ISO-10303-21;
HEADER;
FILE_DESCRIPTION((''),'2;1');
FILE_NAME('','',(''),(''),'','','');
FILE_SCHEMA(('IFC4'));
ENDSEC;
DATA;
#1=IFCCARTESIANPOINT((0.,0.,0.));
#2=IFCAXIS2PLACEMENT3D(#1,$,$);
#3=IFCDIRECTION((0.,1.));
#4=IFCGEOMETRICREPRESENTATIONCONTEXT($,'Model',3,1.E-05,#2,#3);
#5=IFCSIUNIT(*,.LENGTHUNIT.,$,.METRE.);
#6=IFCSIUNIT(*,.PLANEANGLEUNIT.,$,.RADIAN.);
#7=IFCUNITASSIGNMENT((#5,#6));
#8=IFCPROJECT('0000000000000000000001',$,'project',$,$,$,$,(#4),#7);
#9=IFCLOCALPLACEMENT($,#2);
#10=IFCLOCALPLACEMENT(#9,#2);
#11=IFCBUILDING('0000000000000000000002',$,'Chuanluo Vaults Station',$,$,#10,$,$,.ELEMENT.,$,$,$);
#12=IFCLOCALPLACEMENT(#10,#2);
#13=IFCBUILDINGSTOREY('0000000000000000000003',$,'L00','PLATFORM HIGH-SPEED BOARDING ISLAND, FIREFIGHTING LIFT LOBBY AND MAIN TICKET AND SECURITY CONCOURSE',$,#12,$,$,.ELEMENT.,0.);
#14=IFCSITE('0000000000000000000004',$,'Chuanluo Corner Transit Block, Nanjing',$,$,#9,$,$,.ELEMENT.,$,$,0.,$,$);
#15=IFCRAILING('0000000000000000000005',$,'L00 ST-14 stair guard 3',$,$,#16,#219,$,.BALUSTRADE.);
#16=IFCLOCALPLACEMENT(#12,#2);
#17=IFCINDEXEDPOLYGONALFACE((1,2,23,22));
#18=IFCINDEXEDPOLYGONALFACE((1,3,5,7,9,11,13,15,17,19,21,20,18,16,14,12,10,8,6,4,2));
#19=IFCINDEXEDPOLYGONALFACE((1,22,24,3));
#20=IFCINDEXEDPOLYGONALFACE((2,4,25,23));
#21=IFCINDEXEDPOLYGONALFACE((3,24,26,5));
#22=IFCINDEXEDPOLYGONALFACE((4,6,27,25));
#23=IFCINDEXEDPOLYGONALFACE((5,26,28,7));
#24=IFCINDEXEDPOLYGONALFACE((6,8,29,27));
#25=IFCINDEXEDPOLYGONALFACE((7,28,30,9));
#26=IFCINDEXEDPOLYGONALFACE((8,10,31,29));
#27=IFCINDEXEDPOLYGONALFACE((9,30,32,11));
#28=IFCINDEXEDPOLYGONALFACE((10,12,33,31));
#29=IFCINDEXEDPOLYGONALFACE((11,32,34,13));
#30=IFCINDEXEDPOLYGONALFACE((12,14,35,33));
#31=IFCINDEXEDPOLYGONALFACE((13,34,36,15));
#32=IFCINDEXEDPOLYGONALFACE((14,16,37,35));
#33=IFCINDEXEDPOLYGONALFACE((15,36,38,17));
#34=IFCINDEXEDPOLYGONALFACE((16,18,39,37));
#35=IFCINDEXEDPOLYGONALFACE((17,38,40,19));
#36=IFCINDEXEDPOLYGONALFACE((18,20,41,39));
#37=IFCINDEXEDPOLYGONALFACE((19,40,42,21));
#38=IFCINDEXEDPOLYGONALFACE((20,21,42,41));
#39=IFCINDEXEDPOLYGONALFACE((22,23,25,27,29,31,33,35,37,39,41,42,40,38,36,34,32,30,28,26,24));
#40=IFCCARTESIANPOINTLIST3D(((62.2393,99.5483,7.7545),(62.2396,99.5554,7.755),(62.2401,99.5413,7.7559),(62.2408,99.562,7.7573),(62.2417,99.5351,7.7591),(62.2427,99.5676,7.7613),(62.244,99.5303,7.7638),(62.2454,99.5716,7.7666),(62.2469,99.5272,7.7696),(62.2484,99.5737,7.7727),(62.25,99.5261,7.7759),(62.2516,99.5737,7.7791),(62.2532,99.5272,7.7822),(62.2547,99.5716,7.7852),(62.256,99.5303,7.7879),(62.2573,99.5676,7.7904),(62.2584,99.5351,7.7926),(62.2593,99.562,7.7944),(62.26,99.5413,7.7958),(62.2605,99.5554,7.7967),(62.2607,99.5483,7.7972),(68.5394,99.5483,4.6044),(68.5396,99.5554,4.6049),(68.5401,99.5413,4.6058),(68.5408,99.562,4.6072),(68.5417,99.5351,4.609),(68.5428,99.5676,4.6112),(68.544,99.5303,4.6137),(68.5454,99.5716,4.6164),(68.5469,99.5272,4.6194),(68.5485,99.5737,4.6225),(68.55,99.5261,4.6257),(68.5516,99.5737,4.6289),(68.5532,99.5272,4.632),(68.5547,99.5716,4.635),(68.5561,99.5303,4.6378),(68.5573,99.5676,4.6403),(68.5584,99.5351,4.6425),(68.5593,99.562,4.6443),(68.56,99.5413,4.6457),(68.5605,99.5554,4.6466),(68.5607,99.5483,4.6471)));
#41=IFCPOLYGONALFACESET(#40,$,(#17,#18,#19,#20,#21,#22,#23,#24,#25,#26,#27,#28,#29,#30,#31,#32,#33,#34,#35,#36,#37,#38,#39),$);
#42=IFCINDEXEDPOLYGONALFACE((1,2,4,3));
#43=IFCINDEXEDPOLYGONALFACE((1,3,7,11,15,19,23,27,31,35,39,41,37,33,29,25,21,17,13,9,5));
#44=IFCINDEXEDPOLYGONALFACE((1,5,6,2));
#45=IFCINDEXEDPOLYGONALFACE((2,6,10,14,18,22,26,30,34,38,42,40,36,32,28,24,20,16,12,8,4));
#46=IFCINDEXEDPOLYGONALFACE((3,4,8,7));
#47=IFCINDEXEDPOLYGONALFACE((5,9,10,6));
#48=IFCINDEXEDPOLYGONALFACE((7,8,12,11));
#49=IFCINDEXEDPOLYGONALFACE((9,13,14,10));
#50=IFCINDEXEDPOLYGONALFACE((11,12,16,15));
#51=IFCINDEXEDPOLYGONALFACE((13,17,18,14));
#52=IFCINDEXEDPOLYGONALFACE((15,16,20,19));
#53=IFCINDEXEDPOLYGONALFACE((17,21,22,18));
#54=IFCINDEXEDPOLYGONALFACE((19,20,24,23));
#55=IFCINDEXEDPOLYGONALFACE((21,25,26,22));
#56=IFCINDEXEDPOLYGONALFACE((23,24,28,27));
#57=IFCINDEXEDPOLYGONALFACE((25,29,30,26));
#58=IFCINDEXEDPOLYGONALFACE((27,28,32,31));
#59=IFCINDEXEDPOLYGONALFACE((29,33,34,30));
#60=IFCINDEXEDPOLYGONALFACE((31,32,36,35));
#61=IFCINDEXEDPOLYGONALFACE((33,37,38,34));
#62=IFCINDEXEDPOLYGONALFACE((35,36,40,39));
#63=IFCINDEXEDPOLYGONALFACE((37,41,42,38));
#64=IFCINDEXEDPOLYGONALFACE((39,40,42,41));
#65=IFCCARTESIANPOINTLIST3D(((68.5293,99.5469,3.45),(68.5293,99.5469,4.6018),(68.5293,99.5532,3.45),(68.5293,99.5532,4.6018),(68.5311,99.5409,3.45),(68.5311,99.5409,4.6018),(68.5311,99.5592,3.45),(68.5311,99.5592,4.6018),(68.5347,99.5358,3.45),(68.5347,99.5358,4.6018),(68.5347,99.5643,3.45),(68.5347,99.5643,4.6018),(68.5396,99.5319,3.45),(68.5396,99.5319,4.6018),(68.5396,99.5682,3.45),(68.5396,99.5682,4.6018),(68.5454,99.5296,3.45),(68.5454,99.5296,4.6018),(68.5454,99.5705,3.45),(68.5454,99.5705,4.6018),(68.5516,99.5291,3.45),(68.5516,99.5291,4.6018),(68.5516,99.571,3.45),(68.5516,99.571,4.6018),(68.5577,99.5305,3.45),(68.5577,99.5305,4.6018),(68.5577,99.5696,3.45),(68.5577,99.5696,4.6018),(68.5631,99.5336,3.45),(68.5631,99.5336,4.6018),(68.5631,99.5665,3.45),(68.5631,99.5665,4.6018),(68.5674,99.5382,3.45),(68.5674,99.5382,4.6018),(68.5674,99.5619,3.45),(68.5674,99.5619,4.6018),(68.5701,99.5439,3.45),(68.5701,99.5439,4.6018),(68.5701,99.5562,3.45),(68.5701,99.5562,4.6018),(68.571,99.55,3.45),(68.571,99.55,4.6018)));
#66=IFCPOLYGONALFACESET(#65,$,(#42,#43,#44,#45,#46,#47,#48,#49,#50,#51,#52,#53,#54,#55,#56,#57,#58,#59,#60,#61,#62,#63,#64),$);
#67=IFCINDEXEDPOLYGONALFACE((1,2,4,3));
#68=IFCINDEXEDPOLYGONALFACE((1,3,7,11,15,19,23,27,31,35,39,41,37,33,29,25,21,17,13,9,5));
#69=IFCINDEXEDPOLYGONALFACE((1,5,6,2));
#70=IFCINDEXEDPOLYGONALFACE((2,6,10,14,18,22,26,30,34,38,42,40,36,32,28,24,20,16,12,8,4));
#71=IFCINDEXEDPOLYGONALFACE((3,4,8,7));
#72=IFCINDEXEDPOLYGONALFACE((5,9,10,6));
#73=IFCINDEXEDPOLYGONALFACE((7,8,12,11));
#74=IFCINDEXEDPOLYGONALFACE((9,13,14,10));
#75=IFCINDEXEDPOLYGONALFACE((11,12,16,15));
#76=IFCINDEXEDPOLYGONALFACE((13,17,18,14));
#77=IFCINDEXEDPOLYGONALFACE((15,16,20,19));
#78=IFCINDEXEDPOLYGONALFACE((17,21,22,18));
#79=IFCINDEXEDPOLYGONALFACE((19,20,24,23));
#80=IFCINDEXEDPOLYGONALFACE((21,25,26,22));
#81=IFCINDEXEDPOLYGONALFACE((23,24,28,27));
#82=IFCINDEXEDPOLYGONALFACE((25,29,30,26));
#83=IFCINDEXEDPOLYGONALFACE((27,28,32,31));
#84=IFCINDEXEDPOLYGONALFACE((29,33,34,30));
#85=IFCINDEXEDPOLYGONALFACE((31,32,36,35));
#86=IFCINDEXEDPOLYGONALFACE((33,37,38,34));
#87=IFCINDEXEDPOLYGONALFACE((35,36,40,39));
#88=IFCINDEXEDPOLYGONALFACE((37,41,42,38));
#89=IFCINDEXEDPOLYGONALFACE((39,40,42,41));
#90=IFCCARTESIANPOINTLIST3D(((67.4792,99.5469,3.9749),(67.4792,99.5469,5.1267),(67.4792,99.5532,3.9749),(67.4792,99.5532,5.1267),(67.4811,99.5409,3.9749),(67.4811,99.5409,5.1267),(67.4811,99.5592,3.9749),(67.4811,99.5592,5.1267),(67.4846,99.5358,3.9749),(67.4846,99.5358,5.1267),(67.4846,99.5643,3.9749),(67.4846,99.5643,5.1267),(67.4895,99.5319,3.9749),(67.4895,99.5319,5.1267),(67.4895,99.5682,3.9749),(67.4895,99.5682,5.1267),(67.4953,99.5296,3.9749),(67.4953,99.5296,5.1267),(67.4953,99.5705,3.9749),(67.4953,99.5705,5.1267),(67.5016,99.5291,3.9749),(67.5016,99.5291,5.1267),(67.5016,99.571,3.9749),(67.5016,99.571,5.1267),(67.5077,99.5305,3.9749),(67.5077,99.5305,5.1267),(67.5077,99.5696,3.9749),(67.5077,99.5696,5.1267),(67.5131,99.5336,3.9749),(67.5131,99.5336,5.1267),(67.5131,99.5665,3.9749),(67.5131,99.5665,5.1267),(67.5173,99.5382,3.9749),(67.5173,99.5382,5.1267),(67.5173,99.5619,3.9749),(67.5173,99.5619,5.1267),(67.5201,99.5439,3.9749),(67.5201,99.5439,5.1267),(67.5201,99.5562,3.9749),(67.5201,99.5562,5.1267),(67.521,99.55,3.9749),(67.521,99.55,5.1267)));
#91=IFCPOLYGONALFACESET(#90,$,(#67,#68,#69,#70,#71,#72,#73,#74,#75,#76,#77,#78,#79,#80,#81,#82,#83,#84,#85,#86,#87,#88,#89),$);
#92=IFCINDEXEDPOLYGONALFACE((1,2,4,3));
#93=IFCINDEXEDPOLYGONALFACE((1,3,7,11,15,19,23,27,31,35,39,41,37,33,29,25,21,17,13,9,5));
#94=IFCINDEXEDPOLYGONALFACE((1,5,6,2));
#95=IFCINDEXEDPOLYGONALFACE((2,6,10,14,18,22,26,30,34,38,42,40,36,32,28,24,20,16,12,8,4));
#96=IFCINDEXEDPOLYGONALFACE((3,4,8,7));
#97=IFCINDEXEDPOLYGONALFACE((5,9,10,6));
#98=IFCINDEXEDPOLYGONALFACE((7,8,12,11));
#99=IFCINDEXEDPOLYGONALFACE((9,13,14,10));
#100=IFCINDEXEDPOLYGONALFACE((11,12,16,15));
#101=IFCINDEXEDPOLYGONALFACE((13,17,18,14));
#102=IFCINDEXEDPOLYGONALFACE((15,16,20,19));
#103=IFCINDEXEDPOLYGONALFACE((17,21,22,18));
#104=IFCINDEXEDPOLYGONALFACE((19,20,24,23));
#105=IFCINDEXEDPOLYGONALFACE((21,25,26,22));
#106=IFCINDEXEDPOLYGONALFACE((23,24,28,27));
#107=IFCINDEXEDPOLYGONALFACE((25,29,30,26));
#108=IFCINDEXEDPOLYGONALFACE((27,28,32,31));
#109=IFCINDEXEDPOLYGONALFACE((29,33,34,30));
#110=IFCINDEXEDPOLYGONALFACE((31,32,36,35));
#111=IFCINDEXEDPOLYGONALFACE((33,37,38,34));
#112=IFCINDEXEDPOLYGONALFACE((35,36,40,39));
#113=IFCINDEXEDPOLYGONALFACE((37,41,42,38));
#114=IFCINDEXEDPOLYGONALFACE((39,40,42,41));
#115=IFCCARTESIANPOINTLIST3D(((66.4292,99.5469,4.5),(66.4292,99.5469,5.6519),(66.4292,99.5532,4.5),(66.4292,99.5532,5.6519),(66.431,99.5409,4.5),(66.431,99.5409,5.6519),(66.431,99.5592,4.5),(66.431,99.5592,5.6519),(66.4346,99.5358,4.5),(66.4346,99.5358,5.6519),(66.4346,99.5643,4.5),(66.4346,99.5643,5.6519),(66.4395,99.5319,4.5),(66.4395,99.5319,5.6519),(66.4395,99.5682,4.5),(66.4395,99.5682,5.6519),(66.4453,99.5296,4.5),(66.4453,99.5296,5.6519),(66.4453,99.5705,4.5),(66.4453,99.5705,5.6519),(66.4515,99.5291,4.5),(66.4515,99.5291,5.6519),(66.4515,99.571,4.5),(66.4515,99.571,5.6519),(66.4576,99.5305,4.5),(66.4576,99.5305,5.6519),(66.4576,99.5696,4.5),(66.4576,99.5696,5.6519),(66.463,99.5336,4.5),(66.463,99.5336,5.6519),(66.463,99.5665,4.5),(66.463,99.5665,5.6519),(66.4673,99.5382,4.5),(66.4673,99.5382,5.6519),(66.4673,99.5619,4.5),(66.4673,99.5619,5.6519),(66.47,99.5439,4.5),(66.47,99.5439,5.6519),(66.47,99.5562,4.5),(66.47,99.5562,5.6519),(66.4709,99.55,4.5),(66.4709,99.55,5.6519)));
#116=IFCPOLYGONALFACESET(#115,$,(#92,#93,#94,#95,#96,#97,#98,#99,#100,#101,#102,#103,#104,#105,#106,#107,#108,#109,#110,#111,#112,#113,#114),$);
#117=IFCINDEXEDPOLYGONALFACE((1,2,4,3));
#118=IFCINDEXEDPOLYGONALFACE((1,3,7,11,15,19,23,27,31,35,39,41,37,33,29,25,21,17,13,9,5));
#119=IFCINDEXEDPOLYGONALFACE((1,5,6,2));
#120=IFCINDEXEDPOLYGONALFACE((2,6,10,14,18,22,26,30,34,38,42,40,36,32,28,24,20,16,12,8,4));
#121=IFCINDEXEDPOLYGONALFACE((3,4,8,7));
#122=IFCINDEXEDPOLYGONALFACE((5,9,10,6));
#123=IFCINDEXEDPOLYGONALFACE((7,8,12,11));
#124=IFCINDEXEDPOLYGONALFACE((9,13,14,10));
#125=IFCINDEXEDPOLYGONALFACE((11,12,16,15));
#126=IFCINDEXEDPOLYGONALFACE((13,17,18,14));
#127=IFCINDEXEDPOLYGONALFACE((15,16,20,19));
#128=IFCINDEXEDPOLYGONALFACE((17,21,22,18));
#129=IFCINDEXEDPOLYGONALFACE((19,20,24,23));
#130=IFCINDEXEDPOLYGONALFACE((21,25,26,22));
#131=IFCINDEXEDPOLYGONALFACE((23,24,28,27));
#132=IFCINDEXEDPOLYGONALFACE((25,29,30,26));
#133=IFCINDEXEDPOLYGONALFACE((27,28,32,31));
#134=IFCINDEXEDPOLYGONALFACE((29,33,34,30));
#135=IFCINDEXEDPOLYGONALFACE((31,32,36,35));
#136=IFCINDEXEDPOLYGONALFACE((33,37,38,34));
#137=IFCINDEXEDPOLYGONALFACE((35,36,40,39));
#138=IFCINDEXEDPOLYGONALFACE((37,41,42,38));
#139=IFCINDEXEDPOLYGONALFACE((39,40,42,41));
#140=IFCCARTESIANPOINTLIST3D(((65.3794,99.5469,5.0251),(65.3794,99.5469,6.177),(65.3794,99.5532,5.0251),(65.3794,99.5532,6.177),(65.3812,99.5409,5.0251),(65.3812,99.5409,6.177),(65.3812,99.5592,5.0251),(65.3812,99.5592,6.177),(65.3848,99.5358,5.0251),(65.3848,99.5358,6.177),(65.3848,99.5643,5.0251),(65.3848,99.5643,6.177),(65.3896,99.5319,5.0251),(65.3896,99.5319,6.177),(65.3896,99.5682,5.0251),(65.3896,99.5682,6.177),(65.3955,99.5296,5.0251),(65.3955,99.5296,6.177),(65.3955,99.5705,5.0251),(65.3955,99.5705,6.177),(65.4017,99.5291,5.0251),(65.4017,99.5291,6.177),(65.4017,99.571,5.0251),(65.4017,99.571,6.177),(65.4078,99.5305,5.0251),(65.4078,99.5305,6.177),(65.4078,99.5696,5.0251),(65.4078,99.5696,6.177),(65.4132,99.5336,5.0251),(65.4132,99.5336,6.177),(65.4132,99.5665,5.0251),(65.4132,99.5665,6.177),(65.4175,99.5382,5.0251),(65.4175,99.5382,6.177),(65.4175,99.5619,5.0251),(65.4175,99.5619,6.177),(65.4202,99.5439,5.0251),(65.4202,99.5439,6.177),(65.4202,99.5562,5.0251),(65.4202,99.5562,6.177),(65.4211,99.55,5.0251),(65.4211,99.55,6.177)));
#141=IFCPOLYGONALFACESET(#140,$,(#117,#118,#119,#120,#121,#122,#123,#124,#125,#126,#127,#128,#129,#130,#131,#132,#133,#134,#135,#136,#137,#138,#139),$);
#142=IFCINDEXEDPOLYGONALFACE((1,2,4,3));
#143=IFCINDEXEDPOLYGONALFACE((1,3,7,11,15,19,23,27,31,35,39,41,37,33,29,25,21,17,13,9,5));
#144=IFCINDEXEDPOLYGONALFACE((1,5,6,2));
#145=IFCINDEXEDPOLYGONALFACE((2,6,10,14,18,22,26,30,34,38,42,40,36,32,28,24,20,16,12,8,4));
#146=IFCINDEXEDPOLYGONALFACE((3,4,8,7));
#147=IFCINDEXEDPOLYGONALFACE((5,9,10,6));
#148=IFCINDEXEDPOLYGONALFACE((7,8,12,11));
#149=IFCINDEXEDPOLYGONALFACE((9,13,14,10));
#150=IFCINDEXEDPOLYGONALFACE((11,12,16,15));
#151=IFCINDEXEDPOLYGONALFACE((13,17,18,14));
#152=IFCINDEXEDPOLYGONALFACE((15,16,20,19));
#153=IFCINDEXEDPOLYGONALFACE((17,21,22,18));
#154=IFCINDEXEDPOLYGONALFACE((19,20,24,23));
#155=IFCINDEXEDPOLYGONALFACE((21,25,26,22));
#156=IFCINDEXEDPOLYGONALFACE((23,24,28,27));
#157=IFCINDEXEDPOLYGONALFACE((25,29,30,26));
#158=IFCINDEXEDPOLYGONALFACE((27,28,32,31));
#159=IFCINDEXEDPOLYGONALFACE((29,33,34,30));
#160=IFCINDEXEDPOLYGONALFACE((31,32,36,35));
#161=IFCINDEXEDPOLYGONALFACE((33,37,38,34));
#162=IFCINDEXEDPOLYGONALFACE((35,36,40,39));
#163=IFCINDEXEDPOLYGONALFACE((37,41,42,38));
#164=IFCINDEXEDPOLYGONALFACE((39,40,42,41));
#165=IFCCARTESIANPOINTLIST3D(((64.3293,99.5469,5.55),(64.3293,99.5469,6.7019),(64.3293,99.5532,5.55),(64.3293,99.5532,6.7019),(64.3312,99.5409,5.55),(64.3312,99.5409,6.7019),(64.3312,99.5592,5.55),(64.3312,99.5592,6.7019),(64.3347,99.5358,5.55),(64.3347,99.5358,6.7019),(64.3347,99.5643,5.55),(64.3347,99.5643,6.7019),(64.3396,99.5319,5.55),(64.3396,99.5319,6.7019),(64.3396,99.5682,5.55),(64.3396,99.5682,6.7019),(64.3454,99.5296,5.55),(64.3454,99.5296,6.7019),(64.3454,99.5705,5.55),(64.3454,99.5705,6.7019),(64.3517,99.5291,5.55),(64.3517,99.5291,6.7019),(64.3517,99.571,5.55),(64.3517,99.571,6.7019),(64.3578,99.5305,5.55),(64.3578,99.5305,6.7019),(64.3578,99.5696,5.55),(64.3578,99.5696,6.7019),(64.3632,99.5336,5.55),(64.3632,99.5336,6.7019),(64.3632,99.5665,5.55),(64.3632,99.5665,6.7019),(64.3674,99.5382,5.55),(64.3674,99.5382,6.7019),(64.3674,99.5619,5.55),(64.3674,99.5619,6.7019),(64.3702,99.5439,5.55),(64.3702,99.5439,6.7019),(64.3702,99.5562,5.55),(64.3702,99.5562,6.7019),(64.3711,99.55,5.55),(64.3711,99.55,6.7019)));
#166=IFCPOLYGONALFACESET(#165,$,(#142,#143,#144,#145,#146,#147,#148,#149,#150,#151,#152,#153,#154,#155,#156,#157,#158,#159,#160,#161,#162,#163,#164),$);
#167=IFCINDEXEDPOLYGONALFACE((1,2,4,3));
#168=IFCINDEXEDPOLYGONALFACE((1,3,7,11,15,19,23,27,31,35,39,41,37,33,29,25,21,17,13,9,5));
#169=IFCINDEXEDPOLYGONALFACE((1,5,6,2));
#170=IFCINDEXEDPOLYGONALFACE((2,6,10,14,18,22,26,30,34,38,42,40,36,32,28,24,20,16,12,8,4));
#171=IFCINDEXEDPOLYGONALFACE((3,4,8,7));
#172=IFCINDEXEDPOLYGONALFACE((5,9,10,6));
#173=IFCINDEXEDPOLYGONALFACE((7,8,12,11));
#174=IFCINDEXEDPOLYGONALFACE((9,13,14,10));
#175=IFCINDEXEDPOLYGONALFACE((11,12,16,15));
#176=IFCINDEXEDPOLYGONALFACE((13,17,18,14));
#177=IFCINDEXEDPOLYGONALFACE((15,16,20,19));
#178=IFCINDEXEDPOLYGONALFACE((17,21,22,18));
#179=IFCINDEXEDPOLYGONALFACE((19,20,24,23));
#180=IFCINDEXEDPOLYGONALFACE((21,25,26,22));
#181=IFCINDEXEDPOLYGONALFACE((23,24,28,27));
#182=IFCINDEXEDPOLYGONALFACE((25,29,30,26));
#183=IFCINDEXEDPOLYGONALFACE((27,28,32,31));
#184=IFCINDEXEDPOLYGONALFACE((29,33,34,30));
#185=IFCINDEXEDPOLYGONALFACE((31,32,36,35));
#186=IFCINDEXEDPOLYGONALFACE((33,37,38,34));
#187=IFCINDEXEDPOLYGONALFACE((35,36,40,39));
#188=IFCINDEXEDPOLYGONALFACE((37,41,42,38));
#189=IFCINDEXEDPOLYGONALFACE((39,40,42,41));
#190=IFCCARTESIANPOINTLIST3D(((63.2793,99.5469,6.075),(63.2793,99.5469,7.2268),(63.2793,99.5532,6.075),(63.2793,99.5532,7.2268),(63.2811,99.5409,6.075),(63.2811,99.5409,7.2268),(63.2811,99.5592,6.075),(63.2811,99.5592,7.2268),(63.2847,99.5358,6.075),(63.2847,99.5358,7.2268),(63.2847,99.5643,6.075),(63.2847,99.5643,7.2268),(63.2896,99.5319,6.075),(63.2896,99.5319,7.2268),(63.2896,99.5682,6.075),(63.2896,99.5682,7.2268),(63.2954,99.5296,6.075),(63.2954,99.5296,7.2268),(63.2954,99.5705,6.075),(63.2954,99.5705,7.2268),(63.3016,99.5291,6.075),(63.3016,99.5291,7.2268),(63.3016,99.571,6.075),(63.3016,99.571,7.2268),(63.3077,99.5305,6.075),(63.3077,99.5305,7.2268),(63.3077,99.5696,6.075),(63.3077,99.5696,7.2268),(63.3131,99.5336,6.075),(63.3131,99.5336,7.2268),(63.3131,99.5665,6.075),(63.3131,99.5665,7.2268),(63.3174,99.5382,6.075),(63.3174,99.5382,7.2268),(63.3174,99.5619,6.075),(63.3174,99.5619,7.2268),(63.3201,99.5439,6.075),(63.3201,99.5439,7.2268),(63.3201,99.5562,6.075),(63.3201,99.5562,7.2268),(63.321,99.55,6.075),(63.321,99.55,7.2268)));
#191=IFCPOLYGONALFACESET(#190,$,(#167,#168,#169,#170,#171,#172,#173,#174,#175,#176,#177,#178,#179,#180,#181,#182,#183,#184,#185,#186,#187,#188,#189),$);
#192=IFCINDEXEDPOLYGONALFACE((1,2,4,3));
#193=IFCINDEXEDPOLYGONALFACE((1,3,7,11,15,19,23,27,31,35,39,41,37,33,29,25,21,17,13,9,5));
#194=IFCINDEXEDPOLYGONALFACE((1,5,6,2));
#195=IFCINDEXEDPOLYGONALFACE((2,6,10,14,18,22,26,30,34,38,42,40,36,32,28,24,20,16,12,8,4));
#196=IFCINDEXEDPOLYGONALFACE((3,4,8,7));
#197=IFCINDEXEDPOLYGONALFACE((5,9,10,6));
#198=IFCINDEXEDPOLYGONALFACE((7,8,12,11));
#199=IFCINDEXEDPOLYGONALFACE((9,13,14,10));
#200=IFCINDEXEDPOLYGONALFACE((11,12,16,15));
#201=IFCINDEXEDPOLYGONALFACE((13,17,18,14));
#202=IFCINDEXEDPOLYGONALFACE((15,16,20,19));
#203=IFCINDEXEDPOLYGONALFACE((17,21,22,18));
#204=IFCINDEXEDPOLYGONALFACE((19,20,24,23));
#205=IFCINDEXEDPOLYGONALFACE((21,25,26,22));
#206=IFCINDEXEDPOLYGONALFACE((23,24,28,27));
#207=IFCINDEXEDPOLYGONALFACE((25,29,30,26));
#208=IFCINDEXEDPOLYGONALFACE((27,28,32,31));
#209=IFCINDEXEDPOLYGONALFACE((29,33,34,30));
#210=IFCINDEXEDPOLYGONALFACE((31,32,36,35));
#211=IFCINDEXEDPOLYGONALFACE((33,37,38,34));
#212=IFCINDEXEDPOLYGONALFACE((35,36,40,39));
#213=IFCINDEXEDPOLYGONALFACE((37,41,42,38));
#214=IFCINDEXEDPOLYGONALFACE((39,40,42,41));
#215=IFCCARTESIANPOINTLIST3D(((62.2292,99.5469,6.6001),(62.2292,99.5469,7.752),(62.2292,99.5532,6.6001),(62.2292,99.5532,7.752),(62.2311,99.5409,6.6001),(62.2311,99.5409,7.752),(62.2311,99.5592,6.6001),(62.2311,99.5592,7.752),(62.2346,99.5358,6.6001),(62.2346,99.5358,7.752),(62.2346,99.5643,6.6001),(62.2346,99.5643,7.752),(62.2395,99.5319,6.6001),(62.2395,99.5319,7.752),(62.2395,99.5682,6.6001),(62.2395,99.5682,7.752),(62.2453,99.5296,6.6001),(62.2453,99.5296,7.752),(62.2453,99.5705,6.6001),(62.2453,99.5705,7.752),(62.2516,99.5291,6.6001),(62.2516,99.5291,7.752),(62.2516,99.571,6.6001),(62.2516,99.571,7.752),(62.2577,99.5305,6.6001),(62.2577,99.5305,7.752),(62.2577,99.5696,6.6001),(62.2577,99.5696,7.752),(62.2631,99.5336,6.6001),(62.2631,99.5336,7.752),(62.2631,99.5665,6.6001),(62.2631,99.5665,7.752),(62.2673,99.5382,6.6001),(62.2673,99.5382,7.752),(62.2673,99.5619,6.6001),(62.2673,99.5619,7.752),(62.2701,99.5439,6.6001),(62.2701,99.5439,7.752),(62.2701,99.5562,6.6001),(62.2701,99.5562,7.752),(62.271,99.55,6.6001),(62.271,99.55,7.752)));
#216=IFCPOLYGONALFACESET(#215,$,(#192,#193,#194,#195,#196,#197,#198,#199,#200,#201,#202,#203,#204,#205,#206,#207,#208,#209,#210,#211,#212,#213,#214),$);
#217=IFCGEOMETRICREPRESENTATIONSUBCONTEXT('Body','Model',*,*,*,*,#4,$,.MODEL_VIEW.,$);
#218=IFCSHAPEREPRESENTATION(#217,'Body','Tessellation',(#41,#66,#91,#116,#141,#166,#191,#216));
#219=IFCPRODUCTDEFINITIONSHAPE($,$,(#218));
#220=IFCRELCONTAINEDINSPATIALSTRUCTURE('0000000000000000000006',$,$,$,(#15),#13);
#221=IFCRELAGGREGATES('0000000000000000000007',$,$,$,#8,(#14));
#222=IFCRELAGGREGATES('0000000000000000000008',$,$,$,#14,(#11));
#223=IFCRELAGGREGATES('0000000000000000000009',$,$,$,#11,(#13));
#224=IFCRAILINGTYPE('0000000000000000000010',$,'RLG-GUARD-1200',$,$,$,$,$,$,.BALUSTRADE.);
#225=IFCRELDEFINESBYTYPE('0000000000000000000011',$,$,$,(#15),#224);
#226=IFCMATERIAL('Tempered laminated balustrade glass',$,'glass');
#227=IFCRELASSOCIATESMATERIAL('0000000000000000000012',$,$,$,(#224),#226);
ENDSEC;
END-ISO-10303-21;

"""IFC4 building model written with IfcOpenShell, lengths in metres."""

from ifc_helpers import new_model, si_unit, direction, frame, origin, origin_2d, place, context, subcontext, project, spatial, circle, extrude, material, type_object, element, save


model = new_model("IFC4")

# Units and contexts
model_context = context("Model", 3, precision=1e-05, world=origin(), true_north=direction((0.0, 1.0)))
body_context = subcontext(model_context, "Body", "Model", "MODEL_VIEW")
ifc_project = project(units=[si_unit("LENGTHUNIT", "METRE"), si_unit("PLANEANGLEUNIT", "RADIAN")], contexts=[model_context])

# Site, building, storey
site_placement = place(None, origin())
site = spatial("IfcSite", under=ifc_project, at=site_placement, Name="Chuanluo Corner Transit Block, Nanjing", CompositionType="ELEMENT", RefElevation=0.0)
building_placement = place(site_placement, origin())
building = spatial("IfcBuilding", under=site, at=building_placement, Name="Chuanluo Vaults Station", CompositionType="ELEMENT")
storey_placement = place(building_placement, origin())
storey = spatial("IfcBuildingStorey", under=building, at=storey_placement, Name="L00", Description="PLATFORM HIGH-SPEED BOARDING ISLAND, FIREFIGHTING LIFT LOBBY AND MAIN TICKET AND SECURITY CONCOURSE", CompositionType="ELEMENT", Elevation=0.0)

# Railing
ifc_material_1 = material(Name="Tempered laminated balustrade glass", Category="glass")
railing_type_1 = type_object("IfcRailingType", Name="RLG-GUARD-1200", PredefinedType="BALUSTRADE", material=ifc_material_1)
railing_1_placement = place(storey_placement, frame((68.55, 99.55, 3.45)))
element("IfcRailing", 1, at=railing_1_placement, inside=storey, type_object=railing_type_1, Name="L00 ST-14 stair guard 3", PredefinedType="BALUSTRADE", context=body_context, shape_type="SweptSolid", body=[
    extrude(circle(Radius=0.0239, at=origin_2d()), frame((0.0, 0.0, 1.1758), z_axis=(-0.89442, 0.0, 0.447227), x_axis=(0.0, -1.0, 0.0)), (0.0, 0.0, 1.0), 7.0437),
    extrude(circle(Radius=0.021, at=origin_2d()), origin(), (0.0, 0.0, 1.0), 1.1519),
    extrude(circle(Radius=0.021, at=origin_2d()), frame((-1.05, 0.0, 0.5249)), (0.0, 0.0, 1.0), 1.1519),
    extrude(circle(Radius=0.021, at=origin_2d()), frame((-2.1001, 0.0, 1.05)), (0.0, 0.0, 1.0), 1.1519),
    extrude(circle(Radius=0.021, at=origin_2d()), frame((-3.1499, 0.0, 1.5752)), (0.0, 0.0, 1.0), 1.1519),
    extrude(circle(Radius=0.021, at=origin_2d()), frame((-4.2, 0.0, 2.1001)), (0.0, 0.0, 1.0), 1.1519),
    extrude(circle(Radius=0.021, at=origin_2d()), frame((-5.25, 0.0, 2.625)), (0.0, 0.0, 1.0), 1.1519),
    extrude(circle(Radius=0.021, at=origin_2d()), frame((-6.3, 0.0, 3.1501)), (0.0, 0.0, 1.0), 1.1519),
])

save(model, "model.ifc")
